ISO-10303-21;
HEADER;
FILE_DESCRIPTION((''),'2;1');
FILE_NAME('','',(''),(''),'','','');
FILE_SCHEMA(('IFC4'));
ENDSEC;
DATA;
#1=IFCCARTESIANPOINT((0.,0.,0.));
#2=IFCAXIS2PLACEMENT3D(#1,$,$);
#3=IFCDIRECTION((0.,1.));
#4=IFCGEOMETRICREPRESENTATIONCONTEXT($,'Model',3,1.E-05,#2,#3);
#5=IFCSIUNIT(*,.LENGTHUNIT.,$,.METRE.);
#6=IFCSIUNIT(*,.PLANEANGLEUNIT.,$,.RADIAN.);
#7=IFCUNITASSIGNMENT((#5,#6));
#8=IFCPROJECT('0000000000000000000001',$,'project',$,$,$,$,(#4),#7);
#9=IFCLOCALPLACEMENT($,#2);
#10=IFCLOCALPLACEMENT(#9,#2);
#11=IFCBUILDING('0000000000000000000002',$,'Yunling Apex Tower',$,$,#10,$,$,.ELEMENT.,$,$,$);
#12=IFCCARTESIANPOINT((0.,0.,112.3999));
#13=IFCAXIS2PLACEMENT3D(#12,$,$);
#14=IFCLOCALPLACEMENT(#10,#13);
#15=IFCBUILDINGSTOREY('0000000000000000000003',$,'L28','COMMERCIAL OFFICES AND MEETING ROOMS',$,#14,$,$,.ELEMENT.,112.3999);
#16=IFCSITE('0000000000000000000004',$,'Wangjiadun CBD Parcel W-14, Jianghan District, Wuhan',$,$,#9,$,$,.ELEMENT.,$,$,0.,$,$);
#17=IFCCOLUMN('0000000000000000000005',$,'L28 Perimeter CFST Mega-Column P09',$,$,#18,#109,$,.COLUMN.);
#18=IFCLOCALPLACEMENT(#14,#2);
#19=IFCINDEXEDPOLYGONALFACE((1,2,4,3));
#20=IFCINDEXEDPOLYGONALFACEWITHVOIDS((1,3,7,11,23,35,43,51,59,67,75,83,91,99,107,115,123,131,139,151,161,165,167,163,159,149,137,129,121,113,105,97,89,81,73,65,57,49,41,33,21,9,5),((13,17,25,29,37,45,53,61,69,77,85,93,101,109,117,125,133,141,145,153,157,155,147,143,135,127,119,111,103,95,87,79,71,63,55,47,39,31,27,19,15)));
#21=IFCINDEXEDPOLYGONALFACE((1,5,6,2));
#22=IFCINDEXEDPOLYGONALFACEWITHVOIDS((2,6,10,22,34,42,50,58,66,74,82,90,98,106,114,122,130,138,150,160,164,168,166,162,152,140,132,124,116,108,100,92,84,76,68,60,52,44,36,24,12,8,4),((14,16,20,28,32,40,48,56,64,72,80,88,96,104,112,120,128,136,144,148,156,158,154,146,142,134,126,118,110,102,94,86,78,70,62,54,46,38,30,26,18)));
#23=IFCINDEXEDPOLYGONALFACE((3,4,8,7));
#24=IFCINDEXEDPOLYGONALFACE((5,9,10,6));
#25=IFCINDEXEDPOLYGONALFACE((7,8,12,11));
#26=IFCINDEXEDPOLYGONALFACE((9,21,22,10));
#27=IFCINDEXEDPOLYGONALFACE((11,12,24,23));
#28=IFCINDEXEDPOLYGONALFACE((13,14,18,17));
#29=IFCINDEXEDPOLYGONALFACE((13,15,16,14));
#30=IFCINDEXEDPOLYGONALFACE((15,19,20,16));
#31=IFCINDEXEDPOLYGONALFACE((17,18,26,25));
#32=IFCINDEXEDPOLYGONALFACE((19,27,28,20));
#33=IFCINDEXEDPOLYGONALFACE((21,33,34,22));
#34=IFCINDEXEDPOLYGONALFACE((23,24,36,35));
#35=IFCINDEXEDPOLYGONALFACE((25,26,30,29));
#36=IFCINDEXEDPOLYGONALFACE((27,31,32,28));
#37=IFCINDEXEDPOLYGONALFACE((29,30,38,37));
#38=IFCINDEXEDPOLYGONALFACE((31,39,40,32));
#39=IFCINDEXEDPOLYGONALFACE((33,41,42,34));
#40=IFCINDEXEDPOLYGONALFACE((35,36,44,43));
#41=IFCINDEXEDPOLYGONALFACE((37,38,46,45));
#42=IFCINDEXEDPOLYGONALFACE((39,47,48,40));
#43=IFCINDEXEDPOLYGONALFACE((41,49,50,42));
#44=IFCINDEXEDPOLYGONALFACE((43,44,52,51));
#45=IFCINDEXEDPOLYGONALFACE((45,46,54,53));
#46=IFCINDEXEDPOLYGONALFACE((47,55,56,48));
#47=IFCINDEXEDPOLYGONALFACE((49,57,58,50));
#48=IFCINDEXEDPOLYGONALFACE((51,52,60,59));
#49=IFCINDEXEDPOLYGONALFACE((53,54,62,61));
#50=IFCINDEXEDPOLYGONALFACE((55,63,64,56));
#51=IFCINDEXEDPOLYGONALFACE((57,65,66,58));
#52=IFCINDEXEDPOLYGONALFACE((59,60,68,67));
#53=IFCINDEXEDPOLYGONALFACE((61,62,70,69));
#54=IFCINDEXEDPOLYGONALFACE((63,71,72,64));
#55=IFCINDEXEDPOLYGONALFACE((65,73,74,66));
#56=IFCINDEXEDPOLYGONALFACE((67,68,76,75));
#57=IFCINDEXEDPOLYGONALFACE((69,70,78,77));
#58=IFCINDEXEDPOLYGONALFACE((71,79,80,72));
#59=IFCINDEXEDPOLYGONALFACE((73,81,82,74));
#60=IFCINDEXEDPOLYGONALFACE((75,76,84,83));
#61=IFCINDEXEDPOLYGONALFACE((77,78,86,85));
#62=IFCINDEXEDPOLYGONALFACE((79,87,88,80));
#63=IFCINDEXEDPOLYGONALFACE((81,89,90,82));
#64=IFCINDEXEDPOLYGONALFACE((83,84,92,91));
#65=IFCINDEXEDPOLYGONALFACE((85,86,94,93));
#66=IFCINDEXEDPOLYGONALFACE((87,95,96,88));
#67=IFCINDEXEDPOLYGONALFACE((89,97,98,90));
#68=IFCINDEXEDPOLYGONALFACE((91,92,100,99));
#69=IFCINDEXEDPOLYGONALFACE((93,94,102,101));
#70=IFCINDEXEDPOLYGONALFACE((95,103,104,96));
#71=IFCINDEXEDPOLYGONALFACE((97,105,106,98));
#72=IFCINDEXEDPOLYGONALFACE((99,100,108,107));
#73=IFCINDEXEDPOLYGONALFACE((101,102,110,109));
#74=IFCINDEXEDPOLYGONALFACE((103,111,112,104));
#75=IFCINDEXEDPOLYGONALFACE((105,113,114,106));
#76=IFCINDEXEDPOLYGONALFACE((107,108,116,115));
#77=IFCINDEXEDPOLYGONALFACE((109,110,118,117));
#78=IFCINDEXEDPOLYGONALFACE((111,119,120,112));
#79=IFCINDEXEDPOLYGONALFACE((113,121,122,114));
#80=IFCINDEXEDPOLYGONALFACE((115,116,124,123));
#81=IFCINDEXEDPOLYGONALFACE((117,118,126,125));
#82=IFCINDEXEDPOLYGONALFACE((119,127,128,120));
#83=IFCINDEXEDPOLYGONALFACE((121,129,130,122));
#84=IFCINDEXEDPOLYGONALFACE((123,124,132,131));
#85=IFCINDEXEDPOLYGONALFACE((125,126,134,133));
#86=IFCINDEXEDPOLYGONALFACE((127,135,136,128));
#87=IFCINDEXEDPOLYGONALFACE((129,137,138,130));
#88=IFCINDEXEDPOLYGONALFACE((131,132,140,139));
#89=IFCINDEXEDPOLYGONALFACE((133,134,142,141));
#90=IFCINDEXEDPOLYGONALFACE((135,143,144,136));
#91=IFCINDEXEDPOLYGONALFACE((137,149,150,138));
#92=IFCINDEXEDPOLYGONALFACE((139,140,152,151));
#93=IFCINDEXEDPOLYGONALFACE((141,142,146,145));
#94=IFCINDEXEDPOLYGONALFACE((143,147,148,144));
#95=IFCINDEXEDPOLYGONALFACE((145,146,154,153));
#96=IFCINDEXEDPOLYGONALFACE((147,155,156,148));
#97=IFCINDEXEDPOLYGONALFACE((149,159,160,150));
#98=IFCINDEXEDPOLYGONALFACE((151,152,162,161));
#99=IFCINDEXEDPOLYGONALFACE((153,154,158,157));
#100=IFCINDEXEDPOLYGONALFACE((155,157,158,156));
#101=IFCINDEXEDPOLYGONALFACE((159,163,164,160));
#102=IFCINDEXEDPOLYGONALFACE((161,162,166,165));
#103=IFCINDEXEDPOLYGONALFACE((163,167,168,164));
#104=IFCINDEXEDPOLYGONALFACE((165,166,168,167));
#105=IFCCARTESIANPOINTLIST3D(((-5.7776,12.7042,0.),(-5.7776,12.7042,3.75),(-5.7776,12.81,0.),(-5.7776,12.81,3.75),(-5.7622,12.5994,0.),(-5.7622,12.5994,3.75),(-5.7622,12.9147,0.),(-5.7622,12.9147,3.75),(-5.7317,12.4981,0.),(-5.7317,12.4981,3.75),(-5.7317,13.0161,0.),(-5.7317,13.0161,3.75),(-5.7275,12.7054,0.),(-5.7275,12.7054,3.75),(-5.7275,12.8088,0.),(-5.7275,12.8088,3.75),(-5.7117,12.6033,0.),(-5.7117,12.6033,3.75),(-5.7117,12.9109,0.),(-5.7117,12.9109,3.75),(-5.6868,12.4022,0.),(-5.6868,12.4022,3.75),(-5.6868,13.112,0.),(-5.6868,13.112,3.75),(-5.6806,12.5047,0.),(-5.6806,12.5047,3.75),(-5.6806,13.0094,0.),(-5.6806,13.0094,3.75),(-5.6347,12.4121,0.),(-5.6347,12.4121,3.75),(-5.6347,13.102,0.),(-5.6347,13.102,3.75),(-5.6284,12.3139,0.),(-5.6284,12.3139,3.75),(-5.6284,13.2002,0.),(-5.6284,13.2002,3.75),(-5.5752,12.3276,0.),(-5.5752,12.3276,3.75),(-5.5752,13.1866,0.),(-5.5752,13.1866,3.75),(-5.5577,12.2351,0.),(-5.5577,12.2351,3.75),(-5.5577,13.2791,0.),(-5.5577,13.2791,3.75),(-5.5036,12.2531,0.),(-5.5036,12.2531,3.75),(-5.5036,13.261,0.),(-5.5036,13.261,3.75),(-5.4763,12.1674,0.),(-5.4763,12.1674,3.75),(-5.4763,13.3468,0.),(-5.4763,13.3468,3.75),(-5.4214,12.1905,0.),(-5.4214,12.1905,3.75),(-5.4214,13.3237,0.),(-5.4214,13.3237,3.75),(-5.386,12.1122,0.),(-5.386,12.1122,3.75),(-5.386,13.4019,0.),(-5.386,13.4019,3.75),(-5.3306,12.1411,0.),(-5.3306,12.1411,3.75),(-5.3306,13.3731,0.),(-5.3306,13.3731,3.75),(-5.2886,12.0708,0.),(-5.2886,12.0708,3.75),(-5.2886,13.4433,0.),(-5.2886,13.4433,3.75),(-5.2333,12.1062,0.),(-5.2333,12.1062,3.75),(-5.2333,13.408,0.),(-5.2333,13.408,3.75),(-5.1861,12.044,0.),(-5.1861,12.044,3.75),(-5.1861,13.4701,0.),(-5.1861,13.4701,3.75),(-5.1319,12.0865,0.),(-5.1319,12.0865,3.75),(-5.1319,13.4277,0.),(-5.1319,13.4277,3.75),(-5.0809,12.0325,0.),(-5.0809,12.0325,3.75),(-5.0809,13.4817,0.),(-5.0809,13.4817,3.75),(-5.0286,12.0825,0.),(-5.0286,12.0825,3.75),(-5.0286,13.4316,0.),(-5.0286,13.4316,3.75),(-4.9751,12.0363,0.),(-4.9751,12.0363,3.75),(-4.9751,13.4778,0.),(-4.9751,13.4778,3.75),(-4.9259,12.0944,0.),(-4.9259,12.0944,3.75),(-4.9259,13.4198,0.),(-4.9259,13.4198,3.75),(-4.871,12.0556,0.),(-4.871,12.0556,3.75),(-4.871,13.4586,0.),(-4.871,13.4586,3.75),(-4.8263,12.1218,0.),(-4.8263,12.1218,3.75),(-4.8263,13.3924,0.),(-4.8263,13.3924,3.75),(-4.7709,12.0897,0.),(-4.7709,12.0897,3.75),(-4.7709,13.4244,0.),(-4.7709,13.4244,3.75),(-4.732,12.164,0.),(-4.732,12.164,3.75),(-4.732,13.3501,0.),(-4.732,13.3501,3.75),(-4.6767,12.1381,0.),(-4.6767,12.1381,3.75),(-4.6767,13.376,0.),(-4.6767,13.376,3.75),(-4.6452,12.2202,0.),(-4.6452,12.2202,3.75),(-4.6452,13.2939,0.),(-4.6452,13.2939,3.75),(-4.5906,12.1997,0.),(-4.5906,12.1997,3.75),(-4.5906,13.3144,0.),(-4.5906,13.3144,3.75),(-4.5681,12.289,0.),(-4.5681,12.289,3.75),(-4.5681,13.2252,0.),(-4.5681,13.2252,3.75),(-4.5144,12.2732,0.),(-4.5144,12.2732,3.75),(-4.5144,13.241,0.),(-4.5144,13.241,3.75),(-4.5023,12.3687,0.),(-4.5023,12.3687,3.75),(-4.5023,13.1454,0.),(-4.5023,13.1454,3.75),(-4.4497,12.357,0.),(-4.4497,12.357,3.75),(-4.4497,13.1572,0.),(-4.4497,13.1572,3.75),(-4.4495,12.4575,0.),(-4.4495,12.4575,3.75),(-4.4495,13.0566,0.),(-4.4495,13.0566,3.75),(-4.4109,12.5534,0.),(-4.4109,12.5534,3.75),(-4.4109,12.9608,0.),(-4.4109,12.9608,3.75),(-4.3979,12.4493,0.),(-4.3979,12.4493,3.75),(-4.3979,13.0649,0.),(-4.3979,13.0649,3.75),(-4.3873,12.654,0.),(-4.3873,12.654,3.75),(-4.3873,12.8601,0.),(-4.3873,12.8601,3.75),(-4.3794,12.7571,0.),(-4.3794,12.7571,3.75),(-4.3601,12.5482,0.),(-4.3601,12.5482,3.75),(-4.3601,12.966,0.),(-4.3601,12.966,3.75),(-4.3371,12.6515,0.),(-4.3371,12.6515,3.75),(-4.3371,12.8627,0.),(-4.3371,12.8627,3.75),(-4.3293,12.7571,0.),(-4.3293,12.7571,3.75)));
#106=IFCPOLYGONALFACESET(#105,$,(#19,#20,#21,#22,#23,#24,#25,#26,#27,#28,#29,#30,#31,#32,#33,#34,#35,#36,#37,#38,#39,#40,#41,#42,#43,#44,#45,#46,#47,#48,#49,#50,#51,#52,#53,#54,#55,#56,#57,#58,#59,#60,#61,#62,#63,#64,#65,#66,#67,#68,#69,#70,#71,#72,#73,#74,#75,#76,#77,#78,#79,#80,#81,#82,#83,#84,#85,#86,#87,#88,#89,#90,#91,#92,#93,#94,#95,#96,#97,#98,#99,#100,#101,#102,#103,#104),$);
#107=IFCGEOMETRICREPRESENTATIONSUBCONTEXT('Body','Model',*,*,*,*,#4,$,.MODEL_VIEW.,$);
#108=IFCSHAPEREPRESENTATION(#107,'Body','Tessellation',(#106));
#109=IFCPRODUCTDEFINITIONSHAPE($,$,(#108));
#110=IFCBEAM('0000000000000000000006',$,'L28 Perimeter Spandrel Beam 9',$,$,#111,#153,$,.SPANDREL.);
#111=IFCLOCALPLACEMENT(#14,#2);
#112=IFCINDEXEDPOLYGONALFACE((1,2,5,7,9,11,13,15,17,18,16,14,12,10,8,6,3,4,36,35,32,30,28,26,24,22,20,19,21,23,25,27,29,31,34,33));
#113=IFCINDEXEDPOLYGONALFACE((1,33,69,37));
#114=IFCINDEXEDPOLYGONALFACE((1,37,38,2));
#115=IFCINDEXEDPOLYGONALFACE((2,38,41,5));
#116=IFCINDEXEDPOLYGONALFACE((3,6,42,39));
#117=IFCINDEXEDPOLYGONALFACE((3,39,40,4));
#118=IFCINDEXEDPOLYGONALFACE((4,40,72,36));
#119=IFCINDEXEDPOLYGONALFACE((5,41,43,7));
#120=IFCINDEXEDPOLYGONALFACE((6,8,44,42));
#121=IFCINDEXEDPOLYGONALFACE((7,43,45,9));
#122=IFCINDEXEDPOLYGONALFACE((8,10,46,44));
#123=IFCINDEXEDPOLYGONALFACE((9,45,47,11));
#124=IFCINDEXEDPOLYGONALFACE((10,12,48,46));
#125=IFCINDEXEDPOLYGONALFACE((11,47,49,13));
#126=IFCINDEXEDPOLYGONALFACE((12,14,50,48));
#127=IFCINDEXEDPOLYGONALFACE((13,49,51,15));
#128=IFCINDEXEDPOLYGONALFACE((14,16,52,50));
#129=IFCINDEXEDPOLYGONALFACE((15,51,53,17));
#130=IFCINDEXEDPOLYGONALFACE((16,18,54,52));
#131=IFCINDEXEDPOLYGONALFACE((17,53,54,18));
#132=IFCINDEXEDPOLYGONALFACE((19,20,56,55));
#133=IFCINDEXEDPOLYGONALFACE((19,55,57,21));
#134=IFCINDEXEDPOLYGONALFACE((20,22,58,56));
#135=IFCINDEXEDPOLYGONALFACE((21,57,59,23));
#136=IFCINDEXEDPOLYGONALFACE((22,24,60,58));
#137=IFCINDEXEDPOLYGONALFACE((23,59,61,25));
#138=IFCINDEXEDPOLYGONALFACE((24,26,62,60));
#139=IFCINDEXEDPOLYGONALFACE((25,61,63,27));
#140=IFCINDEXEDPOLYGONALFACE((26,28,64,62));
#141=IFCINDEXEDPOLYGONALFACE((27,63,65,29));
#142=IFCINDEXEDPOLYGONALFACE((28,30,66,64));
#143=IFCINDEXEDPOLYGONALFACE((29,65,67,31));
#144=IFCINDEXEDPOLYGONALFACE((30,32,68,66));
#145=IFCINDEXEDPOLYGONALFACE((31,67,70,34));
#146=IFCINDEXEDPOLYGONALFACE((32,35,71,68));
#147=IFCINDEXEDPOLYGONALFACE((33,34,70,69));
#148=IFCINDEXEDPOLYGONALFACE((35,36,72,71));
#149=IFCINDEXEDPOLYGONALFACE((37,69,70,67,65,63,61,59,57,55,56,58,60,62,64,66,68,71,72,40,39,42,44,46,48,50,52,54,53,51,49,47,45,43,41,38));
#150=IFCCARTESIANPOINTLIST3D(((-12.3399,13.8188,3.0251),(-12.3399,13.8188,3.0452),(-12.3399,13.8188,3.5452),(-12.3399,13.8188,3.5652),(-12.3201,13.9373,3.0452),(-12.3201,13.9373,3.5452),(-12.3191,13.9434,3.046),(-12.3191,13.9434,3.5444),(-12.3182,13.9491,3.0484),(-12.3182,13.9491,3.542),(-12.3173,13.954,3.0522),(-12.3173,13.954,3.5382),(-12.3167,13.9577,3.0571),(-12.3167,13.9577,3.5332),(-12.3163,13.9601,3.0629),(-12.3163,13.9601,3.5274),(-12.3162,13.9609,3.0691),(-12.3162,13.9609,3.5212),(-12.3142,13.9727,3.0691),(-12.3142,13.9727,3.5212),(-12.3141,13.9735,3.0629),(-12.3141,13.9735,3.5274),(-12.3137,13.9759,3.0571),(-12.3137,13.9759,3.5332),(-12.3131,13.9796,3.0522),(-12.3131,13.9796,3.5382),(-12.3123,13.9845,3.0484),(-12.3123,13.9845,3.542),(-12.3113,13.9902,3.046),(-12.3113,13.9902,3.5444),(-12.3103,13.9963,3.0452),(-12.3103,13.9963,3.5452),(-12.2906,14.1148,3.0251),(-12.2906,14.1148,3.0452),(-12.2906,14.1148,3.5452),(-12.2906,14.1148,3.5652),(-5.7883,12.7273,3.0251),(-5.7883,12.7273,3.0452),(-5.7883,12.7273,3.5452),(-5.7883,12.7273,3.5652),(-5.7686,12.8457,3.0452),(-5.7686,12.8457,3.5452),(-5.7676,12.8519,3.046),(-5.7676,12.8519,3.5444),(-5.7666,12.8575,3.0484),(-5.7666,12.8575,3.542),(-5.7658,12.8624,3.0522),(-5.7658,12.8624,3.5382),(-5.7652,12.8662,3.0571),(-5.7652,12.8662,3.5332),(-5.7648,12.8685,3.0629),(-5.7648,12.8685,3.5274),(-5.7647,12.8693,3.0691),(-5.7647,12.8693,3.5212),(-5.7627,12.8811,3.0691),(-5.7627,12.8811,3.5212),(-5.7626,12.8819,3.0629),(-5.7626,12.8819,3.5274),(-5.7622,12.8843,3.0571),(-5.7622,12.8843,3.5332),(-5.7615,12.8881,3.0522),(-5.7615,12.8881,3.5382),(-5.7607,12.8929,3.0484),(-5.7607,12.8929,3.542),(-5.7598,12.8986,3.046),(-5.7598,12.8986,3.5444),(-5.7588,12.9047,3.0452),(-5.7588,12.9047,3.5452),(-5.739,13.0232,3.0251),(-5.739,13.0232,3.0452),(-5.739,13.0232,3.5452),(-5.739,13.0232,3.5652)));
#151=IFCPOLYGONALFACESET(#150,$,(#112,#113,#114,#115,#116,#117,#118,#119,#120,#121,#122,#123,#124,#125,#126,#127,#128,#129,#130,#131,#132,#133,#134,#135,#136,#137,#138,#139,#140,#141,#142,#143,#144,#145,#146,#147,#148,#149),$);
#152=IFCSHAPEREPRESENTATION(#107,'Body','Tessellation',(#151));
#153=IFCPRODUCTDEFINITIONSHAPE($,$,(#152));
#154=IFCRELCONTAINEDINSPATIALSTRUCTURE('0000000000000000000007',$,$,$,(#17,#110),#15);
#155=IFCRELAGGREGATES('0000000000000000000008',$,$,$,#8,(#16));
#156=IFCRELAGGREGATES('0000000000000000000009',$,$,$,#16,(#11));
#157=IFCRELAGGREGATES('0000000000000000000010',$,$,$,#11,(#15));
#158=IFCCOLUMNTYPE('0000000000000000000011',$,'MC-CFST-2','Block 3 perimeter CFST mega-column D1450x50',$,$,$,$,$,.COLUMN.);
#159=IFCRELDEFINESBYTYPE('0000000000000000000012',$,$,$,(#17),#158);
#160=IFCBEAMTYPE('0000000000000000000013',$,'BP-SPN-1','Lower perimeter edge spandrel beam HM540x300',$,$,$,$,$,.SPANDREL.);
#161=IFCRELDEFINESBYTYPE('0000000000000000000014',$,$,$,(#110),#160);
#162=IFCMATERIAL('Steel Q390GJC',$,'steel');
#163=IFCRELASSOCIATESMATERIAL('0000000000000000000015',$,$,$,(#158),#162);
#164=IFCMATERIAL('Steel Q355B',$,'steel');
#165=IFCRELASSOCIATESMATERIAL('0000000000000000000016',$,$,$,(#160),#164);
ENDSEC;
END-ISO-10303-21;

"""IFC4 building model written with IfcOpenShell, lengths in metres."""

from ifc_helpers import new_model, si_unit, direction, frame, origin, origin_2d, place, context, subcontext, project, spatial, hollow_circle, i_section, extrude, source, transform, mapped, material, material_profile, profile_set, type_object, element, save


model = new_model("IFC4")

# Units and contexts
model_context = context("Model", 3, precision=1e-05, world=origin(), true_north=direction((0.0, 1.0)))
body_context = subcontext(model_context, "Body", "Model", "MODEL_VIEW")
ifc_project = project(units=[si_unit("LENGTHUNIT", "METRE"), si_unit("PLANEANGLEUNIT", "RADIAN")], contexts=[model_context])

# Site, building, storey
site_placement = place(None, origin())
site = spatial("IfcSite", under=ifc_project, at=site_placement, Name="Wangjiadun CBD Parcel W-14, Jianghan District, Wuhan", CompositionType="ELEMENT", RefElevation=0.0)
building_placement = place(site_placement, origin())
building = spatial("IfcBuilding", under=site, at=building_placement, Name="Yunling Apex Tower", CompositionType="ELEMENT")
storey_placement = place(building_placement, frame((0.0, 0.0, 112.3999)))
storey = spatial("IfcBuildingStorey", under=building, at=storey_placement, Name="L28", Description="COMMERCIAL OFFICES AND MEETING ROOMS", CompositionType="ELEMENT", Elevation=112.3999)

# Column
ifc_material_1 = material(Name="Steel Q390GJC", Category="steel")
ifc_material_profile_1 = material_profile(ifc_material_1, hollow_circle(Radius=0.7251, WallThickness=0.05, at=origin_2d()))
ifc_profile_set_1 = profile_set([ifc_material_profile_1], Name="Steel Q390GJC")
column_type = type_object("IfcColumnType", Name="MC-CFST-2", Description="Block 3 perimeter CFST mega-column D1450x50", PredefinedType="COLUMN", material=ifc_profile_set_1)
shared_shape_1 = source(origin(), body_context, "Body", "SweptSolid", [
    extrude(hollow_circle(Radius=0.7251, WallThickness=0.05, at=origin_2d()), origin(), (0.0, 0.0, 1.0), 3.75),
])
column_placement = place(storey_placement, frame((-5.0544, 12.7571, 0.0), z_axis=(0.0, 0.0, 1.0), x_axis=(1.0, 0.0, 0.0)))
element("IfcColumn", 1, at=column_placement, inside=storey, type_object=column_type, Name="L28 Perimeter CFST Mega-Column P09", PredefinedType="COLUMN", context=body_context, shape_type="MappedRepresentation", body=[
    mapped(shared_shape_1, transform((0.0, 0.0, 0.0), scale=1.0)),
])

# Beam
ifc_material_2 = material(Name="Steel Q355B", Category="steel")
ifc_material_profile_2 = material_profile(ifc_material_2, i_section(OverallWidth=0.3, OverallDepth=0.54, WebThickness=0.012, FlangeThickness=0.02, FilletRadius=0.0239, at=origin_2d()))
ifc_profile_set_2 = profile_set([ifc_material_profile_2], Name="Steel Q355B")
beam_type_1 = type_object("IfcBeamType", Name="BP-SPN-1", Description="Lower perimeter edge spandrel beam HM540x300", PredefinedType="SPANDREL", material=ifc_profile_set_2)
shared_shape_2 = source(origin(), body_context, "Body", "SweptSolid", [
    extrude(i_section(OverallWidth=0.3, OverallDepth=0.54, WebThickness=0.012, FlangeThickness=0.02, FilletRadius=0.0239, at=origin_2d()), origin(), (0.0, 0.0, 1.0), 6.6418),
])
beam_1_placement = place(storey_placement, frame((-5.7637, 12.8752, 3.2952), z_axis=(-0.986403, 0.164345, 0.0), x_axis=(-0.164345, -0.986403, 0.0)))
element("IfcBeam", 2, at=beam_1_placement, inside=storey, type_object=beam_type_1, Name="L28 Perimeter Spandrel Beam 9", PredefinedType="SPANDREL", context=body_context, shape_type="MappedRepresentation", body=[
    mapped(shared_shape_2, transform((0.0, 0.0, 0.0), scale=1.0)),
])

save(model, "model.ifc")
